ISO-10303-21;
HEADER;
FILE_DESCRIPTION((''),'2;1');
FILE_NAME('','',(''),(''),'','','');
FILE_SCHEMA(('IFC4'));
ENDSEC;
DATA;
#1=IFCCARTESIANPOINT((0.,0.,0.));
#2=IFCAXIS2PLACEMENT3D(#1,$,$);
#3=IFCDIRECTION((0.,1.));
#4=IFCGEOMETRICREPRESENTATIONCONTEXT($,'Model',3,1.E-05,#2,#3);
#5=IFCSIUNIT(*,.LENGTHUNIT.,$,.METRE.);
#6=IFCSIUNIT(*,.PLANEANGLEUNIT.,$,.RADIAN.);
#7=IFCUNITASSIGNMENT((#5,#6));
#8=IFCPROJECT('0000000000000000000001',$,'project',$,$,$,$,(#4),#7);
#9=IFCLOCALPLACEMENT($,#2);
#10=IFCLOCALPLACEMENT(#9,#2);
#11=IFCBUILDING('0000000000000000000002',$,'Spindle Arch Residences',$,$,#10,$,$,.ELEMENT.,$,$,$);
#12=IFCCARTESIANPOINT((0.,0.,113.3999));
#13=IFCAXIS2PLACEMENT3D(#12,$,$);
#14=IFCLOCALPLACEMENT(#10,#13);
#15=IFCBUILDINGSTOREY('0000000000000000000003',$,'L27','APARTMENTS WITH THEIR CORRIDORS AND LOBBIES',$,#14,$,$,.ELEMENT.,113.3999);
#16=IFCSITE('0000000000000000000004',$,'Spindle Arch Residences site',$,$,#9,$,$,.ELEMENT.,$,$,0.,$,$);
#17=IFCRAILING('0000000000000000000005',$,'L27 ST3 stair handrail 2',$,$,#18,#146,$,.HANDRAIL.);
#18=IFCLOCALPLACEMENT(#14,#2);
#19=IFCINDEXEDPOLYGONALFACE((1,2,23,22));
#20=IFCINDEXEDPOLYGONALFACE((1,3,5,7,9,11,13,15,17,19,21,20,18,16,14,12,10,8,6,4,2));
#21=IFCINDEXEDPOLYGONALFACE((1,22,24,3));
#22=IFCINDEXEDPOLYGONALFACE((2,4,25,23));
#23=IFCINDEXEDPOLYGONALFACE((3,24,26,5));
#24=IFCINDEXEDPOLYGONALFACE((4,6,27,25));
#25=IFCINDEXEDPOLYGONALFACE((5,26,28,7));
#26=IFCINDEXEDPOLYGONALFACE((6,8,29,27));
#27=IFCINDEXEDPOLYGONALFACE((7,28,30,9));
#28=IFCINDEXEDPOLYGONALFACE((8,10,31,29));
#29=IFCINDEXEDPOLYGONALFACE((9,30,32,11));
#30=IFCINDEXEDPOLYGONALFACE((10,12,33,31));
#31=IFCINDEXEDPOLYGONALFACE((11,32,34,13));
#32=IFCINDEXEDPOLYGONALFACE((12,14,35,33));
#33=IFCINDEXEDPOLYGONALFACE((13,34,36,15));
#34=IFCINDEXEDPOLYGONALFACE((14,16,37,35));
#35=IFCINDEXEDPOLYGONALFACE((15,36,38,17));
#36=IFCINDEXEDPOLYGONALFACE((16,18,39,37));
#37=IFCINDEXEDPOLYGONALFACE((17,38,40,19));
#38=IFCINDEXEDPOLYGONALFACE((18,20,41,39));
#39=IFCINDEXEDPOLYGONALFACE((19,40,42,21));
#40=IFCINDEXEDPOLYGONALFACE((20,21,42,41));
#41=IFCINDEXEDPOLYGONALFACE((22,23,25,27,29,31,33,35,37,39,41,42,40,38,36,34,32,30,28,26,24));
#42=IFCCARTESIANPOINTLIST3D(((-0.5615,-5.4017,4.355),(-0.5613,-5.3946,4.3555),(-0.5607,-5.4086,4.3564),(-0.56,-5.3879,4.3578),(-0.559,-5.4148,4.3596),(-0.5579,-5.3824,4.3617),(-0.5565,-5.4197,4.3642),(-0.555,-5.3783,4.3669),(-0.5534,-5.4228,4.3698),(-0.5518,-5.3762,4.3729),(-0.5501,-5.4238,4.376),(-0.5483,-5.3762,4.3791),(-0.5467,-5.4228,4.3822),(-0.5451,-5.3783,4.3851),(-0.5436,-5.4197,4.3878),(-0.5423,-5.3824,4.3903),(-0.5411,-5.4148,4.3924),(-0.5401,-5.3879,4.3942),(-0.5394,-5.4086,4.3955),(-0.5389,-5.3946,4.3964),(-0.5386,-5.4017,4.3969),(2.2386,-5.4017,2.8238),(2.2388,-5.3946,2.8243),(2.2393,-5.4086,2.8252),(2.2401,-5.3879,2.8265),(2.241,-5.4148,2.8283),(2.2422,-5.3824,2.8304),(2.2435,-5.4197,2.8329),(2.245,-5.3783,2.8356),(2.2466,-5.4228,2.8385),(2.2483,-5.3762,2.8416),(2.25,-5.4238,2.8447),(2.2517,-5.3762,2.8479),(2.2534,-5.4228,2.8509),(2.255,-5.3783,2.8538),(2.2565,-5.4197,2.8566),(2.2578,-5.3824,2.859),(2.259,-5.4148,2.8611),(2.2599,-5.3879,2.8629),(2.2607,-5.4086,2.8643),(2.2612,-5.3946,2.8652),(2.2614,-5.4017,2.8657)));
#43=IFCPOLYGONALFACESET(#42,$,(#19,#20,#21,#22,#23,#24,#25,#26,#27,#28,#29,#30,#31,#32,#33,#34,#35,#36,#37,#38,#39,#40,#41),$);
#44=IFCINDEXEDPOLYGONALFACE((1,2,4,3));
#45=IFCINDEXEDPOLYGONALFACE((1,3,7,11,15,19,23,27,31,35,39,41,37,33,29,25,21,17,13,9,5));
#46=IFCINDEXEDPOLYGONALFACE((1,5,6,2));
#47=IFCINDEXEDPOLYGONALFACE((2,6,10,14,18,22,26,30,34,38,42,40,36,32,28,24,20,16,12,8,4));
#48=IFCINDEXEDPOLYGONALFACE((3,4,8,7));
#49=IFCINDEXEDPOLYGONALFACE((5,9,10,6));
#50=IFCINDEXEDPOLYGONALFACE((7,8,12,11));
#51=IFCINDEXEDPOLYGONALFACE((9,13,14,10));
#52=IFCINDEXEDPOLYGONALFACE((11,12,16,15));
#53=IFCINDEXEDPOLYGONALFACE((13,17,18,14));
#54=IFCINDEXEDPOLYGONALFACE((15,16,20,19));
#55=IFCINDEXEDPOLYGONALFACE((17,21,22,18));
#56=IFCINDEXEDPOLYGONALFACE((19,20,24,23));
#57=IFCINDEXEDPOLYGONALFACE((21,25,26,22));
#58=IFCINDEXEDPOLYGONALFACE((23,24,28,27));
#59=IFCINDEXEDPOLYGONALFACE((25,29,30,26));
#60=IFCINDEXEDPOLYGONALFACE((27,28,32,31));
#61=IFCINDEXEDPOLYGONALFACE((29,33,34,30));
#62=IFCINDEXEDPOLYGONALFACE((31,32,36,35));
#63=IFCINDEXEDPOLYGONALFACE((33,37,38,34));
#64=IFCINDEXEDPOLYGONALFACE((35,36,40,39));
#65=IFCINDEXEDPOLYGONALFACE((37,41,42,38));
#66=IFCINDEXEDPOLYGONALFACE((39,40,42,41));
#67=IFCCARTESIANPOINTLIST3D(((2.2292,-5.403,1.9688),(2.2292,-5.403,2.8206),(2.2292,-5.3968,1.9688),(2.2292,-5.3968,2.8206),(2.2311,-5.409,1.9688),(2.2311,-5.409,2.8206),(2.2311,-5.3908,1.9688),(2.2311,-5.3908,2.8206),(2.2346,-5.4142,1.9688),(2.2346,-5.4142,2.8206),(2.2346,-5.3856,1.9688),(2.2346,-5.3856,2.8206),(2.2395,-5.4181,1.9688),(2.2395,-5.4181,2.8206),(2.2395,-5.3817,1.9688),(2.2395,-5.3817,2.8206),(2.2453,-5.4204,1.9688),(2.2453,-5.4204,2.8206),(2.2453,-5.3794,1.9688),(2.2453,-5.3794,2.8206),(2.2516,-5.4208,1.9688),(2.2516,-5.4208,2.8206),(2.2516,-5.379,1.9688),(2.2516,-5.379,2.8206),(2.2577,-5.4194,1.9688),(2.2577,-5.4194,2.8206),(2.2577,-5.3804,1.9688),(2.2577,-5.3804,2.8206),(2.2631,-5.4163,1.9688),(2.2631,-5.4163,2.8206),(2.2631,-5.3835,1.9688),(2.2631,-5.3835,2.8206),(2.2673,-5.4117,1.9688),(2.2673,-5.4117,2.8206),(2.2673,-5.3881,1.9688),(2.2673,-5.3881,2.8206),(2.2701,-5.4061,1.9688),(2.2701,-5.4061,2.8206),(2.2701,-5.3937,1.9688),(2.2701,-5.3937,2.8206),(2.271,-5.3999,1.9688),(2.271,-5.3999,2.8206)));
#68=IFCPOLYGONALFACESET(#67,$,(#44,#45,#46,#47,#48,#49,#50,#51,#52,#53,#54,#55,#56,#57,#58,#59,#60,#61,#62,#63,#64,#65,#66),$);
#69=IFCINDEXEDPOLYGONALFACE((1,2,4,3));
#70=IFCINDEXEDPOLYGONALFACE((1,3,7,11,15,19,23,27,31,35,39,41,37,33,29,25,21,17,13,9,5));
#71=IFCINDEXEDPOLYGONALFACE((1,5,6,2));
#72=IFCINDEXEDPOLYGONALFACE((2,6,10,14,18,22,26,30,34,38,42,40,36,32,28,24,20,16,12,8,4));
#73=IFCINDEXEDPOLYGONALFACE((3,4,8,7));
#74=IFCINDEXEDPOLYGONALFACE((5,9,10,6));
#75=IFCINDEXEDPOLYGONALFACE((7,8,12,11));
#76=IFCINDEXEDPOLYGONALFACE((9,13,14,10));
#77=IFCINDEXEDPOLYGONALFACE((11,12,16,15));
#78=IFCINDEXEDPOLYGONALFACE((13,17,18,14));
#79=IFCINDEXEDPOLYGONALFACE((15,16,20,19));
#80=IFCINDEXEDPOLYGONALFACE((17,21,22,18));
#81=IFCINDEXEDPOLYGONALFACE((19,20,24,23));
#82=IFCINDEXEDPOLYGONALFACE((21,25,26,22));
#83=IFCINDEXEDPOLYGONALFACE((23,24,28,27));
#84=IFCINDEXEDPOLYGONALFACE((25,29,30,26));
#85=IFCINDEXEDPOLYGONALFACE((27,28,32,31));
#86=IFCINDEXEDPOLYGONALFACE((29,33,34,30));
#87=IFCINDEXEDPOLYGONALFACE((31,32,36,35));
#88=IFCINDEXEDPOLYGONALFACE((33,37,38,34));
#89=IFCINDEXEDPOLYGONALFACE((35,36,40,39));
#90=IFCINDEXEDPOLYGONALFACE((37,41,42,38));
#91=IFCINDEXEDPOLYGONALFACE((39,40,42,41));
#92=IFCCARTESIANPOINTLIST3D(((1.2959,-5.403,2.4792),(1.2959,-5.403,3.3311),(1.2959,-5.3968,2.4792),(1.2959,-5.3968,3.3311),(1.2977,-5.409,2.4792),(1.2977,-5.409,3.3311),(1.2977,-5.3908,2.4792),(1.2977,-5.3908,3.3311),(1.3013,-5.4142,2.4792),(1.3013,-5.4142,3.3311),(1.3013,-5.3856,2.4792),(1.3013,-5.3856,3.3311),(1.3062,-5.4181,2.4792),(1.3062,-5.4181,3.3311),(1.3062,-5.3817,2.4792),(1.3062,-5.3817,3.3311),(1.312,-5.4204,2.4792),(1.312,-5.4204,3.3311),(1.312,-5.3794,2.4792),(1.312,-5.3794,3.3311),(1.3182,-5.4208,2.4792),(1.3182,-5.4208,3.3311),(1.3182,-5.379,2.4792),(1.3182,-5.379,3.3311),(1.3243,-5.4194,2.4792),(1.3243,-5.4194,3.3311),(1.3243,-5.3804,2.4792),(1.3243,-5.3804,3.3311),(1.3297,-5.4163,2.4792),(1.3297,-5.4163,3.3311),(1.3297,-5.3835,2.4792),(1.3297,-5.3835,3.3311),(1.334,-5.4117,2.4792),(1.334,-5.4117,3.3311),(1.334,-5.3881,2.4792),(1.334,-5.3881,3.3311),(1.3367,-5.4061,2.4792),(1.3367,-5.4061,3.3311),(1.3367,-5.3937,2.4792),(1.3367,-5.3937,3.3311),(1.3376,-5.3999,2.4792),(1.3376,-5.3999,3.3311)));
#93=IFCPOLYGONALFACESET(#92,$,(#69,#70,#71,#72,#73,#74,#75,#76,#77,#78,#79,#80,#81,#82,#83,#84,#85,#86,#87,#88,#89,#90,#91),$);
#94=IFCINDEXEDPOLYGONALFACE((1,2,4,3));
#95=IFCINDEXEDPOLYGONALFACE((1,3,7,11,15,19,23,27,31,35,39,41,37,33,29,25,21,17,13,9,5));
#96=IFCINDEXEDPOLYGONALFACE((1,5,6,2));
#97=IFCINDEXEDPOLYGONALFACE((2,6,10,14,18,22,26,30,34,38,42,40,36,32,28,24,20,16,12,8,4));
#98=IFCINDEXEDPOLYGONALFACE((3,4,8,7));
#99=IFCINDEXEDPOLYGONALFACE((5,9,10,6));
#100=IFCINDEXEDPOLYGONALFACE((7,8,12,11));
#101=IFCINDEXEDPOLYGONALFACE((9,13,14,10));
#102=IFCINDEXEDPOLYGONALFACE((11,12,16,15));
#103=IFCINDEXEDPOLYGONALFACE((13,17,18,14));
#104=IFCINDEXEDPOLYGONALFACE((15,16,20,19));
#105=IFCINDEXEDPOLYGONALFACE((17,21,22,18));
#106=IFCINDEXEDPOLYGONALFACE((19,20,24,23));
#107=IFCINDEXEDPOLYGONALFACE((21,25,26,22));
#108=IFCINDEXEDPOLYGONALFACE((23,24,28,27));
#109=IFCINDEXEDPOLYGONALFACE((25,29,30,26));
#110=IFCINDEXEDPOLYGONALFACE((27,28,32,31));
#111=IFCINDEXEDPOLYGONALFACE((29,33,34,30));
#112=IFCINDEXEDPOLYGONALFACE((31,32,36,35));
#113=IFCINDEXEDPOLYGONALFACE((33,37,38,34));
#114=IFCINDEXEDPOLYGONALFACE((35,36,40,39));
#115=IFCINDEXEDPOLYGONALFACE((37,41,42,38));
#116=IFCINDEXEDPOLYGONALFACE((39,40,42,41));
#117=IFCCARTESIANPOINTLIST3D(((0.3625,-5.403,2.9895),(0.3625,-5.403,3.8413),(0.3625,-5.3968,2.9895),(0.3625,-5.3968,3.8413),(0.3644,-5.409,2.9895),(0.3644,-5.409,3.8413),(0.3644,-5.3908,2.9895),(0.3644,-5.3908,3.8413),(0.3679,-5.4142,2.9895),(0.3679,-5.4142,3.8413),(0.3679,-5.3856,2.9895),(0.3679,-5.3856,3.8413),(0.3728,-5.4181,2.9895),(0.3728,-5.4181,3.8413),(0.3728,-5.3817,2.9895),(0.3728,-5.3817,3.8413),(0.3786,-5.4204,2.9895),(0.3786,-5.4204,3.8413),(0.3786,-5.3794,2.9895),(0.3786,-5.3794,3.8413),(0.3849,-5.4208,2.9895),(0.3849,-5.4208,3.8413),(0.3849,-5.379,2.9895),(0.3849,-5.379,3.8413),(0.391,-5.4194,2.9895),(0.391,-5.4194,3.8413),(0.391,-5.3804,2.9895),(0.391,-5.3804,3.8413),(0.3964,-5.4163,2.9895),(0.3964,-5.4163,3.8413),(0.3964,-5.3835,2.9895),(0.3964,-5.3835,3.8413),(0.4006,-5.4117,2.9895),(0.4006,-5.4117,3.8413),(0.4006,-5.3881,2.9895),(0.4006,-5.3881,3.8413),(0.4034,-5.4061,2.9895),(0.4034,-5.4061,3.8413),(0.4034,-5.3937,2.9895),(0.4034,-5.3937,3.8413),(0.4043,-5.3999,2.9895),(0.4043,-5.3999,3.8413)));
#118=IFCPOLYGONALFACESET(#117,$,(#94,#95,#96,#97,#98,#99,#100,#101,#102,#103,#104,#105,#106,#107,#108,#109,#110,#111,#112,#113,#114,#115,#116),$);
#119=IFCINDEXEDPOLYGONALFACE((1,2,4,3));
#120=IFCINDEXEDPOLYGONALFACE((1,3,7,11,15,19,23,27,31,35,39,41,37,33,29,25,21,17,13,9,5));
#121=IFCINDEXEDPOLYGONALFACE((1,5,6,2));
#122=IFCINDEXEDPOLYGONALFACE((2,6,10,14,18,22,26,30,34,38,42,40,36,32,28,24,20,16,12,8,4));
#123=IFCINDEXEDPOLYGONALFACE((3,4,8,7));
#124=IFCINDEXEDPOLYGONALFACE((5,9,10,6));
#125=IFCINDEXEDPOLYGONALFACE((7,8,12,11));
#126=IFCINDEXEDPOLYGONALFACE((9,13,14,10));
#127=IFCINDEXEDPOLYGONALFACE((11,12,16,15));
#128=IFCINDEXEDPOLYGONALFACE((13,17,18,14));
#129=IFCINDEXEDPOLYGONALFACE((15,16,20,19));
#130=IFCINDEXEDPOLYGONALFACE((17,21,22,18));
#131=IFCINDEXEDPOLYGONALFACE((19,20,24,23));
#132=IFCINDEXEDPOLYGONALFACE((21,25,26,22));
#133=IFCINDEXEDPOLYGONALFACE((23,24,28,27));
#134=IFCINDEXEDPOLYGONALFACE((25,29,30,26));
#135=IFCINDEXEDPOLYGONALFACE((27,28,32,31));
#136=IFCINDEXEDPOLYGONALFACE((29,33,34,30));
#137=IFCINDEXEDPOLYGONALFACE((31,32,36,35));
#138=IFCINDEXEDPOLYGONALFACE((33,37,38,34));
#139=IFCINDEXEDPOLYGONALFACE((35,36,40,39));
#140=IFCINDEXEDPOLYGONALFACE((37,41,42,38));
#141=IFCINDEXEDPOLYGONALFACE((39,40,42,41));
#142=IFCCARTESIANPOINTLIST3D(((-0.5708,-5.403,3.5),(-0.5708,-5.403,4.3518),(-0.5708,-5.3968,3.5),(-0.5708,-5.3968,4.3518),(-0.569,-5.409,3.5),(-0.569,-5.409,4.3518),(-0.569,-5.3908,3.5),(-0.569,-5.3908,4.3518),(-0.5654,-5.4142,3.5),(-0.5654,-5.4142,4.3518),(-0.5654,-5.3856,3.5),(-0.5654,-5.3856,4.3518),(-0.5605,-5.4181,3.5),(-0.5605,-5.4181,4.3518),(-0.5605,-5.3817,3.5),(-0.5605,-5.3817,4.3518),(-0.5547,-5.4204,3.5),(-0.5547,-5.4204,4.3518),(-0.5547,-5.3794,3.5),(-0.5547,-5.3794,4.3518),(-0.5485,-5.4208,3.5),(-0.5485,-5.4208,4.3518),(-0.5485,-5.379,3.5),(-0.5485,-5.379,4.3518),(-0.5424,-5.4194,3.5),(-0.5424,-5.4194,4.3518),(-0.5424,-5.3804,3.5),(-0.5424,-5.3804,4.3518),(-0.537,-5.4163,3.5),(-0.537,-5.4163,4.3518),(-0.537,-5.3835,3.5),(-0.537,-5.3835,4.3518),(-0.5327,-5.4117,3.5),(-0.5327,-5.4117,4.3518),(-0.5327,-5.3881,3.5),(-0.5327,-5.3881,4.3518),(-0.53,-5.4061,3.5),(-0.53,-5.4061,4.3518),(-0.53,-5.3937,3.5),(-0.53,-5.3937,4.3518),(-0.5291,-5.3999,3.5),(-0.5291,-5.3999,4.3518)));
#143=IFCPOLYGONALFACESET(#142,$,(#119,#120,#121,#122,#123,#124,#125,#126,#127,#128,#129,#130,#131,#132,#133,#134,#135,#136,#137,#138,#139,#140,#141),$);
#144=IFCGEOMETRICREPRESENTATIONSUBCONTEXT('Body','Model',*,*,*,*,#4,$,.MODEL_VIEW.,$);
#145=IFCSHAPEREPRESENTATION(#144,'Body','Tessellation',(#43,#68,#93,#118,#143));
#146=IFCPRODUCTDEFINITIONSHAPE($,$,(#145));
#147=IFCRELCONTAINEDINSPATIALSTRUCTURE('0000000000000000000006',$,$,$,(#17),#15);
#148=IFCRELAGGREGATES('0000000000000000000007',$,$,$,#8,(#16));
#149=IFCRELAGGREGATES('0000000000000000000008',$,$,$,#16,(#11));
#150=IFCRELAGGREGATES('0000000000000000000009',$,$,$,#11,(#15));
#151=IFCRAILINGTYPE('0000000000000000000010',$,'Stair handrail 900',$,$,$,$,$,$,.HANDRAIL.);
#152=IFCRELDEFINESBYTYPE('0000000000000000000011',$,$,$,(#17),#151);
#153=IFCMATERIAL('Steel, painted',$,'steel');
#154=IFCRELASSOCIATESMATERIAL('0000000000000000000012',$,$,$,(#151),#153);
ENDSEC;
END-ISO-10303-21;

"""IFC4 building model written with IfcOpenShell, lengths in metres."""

from ifc_helpers import new_model, si_unit, direction, frame, origin, origin_2d, place, context, subcontext, project, spatial, circle, extrude, material, type_object, element, save


model = new_model("IFC4")

# Units and contexts
model_context = context("Model", 3, precision=1e-05, world=origin(), true_north=direction((0.0, 1.0)))
body_context = subcontext(model_context, "Body", "Model", "MODEL_VIEW")
ifc_project = project(units=[si_unit("LENGTHUNIT", "METRE"), si_unit("PLANEANGLEUNIT", "RADIAN")], contexts=[model_context])

# Site, building, storey
site_placement = place(None, origin())
site = spatial("IfcSite", under=ifc_project, at=site_placement, Name="Spindle Arch Residences site", CompositionType="ELEMENT", RefElevation=0.0)
building_placement = place(site_placement, origin())
building = spatial("IfcBuilding", under=site, at=building_placement, Name="Spindle Arch Residences", CompositionType="ELEMENT")
storey_placement = place(building_placement, frame((0.0, 0.0, 113.3999)))
storey = spatial("IfcBuildingStorey", under=building, at=storey_placement, Name="L27", Description="APARTMENTS WITH THEIR CORRIDORS AND LOBBIES", CompositionType="ELEMENT", Elevation=113.3999)

# Railing
ifc_material_1 = material(Name="Steel, painted", Category="steel")
railing_type_1 = type_object("IfcRailingType", Name="Stair handrail 900", PredefinedType="HANDRAIL", material=ifc_material_1)
railing_1_placement = place(storey_placement, frame((2.25, -5.3999, 1.9688)))
element("IfcRailing", 1, at=railing_1_placement, inside=storey, type_object=railing_type_1, Name="L27 ST3 stair handrail 2", PredefinedType="HANDRAIL", context=body_context, shape_type="SweptSolid", body=[
    extrude(circle(Radius=0.0239, at=origin_2d()), frame((0.0, 0.0, 0.876), z_axis=(-0.877375, 0.0, 0.479806), x_axis=(0.0, -1.0, 0.0)), (0.0, 0.0, 1.0), 3.1914),
    extrude(circle(Radius=0.021, at=origin_2d()), origin(), (0.0, 0.0, 1.0), 0.8518),
    extrude(circle(Radius=0.021, at=origin_2d()), frame((-0.9333, 0.0, 0.5105)), (0.0, 0.0, 1.0), 0.8518),
    extrude(circle(Radius=0.021, at=origin_2d()), frame((-1.8667, 0.0, 1.0208)), (0.0, 0.0, 1.0), 0.8518),
    extrude(circle(Radius=0.021, at=origin_2d()), frame((-2.8, 0.0, 1.5312)), (0.0, 0.0, 1.0), 0.8518),
])

save(model, "model.ifc")
